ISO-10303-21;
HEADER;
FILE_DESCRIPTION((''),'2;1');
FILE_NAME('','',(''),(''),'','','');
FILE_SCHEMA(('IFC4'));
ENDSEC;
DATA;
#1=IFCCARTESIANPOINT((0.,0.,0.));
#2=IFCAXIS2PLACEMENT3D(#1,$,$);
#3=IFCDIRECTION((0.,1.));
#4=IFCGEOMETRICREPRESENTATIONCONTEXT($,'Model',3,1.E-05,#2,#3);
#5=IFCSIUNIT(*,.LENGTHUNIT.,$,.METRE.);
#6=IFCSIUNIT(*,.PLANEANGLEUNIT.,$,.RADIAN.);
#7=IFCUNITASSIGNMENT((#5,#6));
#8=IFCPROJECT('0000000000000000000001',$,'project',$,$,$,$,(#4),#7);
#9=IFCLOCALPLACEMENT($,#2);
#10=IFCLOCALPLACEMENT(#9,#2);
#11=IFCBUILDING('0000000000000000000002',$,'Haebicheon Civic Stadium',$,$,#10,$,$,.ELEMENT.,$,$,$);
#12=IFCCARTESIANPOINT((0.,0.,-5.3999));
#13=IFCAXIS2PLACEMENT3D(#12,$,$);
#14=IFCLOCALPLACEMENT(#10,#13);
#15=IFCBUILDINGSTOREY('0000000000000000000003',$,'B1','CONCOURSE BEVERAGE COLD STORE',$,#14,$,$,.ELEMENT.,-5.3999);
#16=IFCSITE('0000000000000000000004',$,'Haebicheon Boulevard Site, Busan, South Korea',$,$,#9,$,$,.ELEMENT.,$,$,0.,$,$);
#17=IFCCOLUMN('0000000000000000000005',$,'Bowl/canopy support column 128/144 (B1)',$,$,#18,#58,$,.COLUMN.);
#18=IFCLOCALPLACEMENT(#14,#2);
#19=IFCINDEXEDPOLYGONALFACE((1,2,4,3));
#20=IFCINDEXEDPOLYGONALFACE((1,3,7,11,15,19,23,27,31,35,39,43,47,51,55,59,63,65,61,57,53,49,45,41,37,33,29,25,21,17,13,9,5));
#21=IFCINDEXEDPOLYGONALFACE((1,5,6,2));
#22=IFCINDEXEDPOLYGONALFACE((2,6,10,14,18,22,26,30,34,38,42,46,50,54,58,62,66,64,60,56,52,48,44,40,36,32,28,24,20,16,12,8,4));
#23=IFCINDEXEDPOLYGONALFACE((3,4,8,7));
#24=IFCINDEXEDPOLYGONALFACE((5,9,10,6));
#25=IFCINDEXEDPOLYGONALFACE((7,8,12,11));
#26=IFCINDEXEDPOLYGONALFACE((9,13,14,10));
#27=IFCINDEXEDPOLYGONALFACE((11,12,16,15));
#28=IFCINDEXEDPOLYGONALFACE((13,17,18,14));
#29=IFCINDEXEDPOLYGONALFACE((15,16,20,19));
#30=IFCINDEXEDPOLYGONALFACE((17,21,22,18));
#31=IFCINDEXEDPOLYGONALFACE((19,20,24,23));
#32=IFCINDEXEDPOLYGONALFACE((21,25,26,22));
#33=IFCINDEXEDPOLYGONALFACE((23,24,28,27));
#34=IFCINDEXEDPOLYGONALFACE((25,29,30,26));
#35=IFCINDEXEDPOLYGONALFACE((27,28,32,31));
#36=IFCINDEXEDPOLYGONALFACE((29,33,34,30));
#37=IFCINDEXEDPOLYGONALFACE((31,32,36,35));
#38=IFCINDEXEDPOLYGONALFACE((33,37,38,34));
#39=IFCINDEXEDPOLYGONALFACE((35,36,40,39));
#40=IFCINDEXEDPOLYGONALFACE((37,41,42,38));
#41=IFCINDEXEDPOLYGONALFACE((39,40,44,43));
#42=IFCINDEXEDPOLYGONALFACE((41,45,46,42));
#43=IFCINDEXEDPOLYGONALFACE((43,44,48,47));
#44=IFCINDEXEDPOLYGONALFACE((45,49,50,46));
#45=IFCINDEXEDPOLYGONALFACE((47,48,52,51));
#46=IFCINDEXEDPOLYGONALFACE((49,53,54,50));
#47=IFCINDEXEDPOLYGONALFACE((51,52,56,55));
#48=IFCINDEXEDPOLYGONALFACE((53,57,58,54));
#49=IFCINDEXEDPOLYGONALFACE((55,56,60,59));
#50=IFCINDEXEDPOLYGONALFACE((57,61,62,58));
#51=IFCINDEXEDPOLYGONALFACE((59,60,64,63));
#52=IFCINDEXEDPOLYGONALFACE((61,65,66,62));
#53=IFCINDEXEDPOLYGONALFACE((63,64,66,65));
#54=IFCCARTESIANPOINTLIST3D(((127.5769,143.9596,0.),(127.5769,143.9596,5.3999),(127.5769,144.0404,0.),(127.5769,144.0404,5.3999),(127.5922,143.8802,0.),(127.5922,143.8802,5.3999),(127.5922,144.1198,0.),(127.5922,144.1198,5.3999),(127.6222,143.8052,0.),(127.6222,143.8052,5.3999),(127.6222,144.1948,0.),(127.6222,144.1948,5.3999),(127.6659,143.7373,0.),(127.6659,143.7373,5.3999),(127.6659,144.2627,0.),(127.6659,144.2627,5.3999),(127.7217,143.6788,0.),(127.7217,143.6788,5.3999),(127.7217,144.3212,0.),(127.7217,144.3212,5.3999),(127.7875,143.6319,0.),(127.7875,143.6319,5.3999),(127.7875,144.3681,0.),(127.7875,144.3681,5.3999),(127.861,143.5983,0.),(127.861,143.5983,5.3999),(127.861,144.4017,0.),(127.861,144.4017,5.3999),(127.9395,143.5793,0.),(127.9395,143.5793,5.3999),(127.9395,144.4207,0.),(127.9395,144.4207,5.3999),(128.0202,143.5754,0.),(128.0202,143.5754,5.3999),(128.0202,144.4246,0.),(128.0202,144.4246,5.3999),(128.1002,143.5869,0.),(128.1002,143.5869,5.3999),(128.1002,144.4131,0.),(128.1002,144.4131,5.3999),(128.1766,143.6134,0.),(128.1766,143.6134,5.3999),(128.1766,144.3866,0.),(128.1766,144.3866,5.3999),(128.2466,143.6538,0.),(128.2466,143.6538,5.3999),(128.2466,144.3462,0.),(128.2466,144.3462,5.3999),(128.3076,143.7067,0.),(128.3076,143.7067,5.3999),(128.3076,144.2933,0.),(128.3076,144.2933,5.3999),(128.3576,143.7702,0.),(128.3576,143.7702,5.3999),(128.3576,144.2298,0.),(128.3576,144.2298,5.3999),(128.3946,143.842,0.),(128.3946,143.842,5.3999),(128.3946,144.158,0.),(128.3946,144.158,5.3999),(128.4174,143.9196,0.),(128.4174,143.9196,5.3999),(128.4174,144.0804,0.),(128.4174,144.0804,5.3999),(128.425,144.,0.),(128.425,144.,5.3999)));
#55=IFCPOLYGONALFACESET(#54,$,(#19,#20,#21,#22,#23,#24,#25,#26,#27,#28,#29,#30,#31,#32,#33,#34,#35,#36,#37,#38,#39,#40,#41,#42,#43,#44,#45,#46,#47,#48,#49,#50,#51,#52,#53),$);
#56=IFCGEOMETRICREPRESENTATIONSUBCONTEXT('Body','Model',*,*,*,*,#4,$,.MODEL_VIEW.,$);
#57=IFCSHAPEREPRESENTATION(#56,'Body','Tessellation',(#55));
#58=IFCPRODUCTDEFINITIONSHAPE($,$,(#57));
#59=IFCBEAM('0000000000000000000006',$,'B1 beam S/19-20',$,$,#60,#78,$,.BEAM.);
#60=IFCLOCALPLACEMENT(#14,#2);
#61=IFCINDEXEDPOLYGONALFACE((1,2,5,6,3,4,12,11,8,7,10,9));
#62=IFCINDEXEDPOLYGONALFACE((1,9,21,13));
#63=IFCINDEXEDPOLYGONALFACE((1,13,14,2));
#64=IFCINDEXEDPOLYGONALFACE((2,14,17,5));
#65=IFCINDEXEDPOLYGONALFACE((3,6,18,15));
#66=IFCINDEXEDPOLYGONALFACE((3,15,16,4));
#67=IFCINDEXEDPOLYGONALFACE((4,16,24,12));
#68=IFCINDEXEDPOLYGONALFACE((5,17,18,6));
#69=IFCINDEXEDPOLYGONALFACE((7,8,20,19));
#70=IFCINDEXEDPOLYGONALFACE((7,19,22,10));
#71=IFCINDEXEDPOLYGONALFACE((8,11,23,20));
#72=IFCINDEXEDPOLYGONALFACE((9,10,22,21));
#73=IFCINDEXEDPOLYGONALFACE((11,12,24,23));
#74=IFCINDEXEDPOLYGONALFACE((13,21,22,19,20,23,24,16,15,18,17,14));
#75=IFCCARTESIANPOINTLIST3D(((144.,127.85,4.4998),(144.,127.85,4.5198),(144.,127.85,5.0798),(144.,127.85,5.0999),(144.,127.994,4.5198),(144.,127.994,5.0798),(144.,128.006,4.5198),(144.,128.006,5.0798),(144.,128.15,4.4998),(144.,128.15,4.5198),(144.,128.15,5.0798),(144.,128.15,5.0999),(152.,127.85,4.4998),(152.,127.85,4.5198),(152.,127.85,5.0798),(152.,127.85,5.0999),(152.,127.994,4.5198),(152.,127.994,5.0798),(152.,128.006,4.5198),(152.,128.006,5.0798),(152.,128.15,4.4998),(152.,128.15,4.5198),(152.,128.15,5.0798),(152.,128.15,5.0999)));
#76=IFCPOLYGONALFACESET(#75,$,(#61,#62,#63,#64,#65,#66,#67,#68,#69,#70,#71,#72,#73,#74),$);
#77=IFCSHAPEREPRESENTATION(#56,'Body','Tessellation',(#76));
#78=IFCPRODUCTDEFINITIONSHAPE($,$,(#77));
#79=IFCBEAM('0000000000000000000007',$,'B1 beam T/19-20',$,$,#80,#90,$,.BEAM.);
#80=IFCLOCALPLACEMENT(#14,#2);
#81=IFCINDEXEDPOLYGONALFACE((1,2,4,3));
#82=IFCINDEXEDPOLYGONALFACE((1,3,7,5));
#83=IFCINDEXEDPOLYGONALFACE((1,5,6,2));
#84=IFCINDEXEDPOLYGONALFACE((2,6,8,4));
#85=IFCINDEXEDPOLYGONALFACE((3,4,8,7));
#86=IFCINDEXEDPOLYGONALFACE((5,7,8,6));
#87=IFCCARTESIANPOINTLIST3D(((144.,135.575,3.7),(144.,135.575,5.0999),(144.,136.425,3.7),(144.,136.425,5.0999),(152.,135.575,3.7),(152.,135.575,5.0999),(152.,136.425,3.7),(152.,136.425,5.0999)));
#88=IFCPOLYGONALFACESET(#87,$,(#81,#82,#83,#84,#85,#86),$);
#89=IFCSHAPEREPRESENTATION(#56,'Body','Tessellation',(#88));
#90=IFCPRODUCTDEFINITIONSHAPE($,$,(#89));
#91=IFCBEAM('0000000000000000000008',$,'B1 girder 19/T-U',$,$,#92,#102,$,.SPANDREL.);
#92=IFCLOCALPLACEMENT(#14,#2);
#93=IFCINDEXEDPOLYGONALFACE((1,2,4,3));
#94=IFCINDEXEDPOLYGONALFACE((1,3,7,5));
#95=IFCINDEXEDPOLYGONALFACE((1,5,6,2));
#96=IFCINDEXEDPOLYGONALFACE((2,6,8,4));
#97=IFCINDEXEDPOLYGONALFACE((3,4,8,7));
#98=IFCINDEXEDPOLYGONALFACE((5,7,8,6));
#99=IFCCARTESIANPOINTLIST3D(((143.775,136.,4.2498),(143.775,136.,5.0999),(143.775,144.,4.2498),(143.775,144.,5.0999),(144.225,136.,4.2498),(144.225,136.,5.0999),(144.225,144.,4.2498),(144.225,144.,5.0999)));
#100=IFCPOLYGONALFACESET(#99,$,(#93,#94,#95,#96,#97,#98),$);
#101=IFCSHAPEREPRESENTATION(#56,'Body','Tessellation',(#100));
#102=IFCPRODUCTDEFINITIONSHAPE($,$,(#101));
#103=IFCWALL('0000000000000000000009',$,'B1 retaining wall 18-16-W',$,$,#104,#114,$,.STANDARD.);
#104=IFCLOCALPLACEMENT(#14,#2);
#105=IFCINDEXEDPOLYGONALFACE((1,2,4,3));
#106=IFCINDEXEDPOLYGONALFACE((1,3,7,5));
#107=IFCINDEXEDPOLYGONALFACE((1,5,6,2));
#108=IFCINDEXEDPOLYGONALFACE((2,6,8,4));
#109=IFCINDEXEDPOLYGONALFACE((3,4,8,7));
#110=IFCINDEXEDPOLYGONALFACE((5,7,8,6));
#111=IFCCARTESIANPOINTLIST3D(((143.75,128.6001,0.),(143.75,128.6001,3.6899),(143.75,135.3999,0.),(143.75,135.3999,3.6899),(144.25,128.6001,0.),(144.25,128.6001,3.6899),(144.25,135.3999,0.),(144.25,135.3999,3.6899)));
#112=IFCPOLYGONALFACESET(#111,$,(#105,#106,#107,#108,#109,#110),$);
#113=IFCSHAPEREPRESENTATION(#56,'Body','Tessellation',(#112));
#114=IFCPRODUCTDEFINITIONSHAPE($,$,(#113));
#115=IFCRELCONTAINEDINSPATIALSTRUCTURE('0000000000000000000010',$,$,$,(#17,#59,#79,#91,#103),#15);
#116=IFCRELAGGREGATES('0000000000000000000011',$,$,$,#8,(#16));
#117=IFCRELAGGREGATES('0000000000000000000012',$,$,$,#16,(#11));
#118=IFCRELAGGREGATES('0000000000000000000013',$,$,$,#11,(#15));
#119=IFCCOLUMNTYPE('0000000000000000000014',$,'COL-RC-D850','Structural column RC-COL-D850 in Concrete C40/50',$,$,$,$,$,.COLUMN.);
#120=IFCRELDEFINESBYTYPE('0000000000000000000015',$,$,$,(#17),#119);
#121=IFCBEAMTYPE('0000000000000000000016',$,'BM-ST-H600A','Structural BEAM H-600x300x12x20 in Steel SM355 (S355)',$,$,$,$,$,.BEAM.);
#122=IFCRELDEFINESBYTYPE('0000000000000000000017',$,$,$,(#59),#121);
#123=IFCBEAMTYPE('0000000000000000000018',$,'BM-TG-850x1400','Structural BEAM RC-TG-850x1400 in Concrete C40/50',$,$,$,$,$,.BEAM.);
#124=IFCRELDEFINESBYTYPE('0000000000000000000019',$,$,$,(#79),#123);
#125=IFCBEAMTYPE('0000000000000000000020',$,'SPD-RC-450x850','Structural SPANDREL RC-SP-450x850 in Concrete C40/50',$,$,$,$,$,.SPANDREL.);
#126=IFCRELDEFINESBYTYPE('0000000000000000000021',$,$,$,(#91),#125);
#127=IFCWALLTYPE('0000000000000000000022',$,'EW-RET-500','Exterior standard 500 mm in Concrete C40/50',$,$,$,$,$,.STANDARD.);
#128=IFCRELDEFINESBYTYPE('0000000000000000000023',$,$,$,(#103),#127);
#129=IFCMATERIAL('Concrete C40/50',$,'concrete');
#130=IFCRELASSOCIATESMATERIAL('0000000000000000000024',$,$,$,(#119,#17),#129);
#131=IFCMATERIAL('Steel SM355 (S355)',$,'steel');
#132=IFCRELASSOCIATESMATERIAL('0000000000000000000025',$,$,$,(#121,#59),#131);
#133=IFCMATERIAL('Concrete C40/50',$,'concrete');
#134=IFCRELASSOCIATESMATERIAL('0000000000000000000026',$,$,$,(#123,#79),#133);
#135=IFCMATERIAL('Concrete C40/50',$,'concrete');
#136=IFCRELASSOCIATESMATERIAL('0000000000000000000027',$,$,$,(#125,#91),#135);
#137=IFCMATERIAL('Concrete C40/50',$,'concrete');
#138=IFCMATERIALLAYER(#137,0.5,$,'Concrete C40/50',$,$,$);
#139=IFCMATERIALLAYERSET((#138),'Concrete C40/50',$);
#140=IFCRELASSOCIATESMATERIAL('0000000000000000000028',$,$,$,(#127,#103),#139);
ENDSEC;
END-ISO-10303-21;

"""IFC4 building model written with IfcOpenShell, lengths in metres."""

from ifc_helpers import new_model, si_unit, direction, frame, frame_2d, origin, origin_2d, place, context, subcontext, project, spatial, rectangle, circle, i_section, extrude, material, layer, layer_set, material_profile, profile_set, type_object, element, save


model = new_model("IFC4")

# Units and contexts
model_context = context("Model", 3, precision=1e-05, world=origin(), true_north=direction((0.0, 1.0)))
body_context = subcontext(model_context, "Body", "Model", "MODEL_VIEW")
ifc_project = project(units=[si_unit("LENGTHUNIT", "METRE"), si_unit("PLANEANGLEUNIT", "RADIAN")], contexts=[model_context])

# Site, building, storey
site_placement = place(None, origin())
site = spatial("IfcSite", under=ifc_project, at=site_placement, Name="Haebicheon Boulevard Site, Busan, South Korea", CompositionType="ELEMENT", RefElevation=0.0)
building_placement = place(site_placement, origin())
building = spatial("IfcBuilding", under=site, at=building_placement, Name="Haebicheon Civic Stadium", CompositionType="ELEMENT")
storey_placement = place(building_placement, frame((0.0, 0.0, -5.3999)))
storey = spatial("IfcBuildingStorey", under=building, at=storey_placement, Name="B1", Description="CONCOURSE BEVERAGE COLD STORE", CompositionType="ELEMENT", Elevation=-5.3999)

# Column
ifc_material_1 = material(Name="Concrete C40/50", Category="concrete")
ifc_material_profile_1 = material_profile(ifc_material_1, circle(Radius=0.425, at=origin_2d()), Name="RC-COL-D850")
ifc_profile_set_1 = profile_set([ifc_material_profile_1], Name="Concrete C40/50")
column_type_1 = type_object("IfcColumnType", Name="COL-RC-D850", Description="Structural column RC-COL-D850 in Concrete C40/50", PredefinedType="COLUMN", material=ifc_profile_set_1)
for number, where, z_axis, x_axis, name in (
    (1, (128.0, 144.0, 0.0), (0.0, 0.0, 1.0), (1.0, 0.0, 0.0), "Bowl/canopy support column 128/144 (B1)"),
):
    element("IfcColumn", number, at=place(storey_placement, frame(where, z_axis=z_axis, x_axis=x_axis)), inside=storey, type_object=column_type_1, material=ifc_profile_set_1, Name=name, PredefinedType="COLUMN", context=body_context, shape_type="SweptSolid", body=[
        extrude(circle(Radius=0.425, at=origin_2d()), origin(), (0.0, 0.0, 1.0), 5.3999),
    ])

# Beams
ifc_material_2 = material(Name="Steel SM355 (S355)", Category="steel")
ifc_material_profile_2 = material_profile(ifc_material_2, i_section(OverallWidth=0.3, OverallDepth=0.6001, WebThickness=0.012, FlangeThickness=0.02, at=origin_2d()), Name="H-600x300x12x20")
ifc_profile_set_2 = profile_set([ifc_material_profile_2], Name="Steel SM355 (S355)")
beam_type_1 = type_object("IfcBeamType", Name="BM-ST-H600A", Description="Structural BEAM H-600x300x12x20 in Steel SM355 (S355)", PredefinedType="BEAM", material=ifc_profile_set_2)
beam_1_placement = place(storey_placement, frame((144.0, 128.0, 4.7998), z_axis=(1.0, 0.0, 0.0), x_axis=(0.0, 1.0, 0.0)))
element("IfcBeam", 2, at=beam_1_placement, inside=storey, type_object=beam_type_1, material=ifc_profile_set_2, Name="B1 beam S/19-20", PredefinedType="BEAM", context=body_context, shape_type="SweptSolid", body=[
    extrude(i_section(OverallWidth=0.3, OverallDepth=0.6001, WebThickness=0.012, FlangeThickness=0.02, at=origin_2d()), origin(), (0.0, 0.0, 1.0), 8.0),
])
ifc_material_3 = material(Name="Concrete C40/50", Category="concrete")
ifc_material_profile_3 = material_profile(ifc_material_3, rectangle(XDim=0.8501, YDim=1.3999, at=origin_2d()), Name="RC-TG-850x1400")
ifc_profile_set_3 = profile_set([ifc_material_profile_3], Name="Concrete C40/50")
beam_type_2 = type_object("IfcBeamType", Name="BM-TG-850x1400", Description="Structural BEAM RC-TG-850x1400 in Concrete C40/50", PredefinedType="BEAM", material=ifc_profile_set_3)
beam_2_placement = place(storey_placement, frame((144.0, 136.0, 4.3999), z_axis=(1.0, 0.0, 0.0), x_axis=(0.0, 1.0, 0.0)))
element("IfcBeam", 3, at=beam_2_placement, inside=storey, type_object=beam_type_2, material=ifc_profile_set_3, Name="B1 beam T/19-20", PredefinedType="BEAM", context=body_context, shape_type="SweptSolid", body=[
    extrude(rectangle(XDim=0.8501, YDim=1.3999, at=origin_2d()), origin(), (0.0, 0.0, 1.0), 8.0),
])
ifc_material_4 = material(Name="Concrete C40/50", Category="concrete")
ifc_material_profile_4 = material_profile(ifc_material_4, rectangle(XDim=0.45, YDim=0.8501, at=origin_2d()), Name="RC-SP-450x850")
ifc_profile_set_4 = profile_set([ifc_material_profile_4], Name="Concrete C40/50")
beam_type_3 = type_object("IfcBeamType", Name="SPD-RC-450x850", Description="Structural SPANDREL RC-SP-450x850 in Concrete C40/50", PredefinedType="SPANDREL", material=ifc_profile_set_4)
beam_3_placement = place(storey_placement, frame((144.0, 136.0, 4.6748), z_axis=(0.0, 1.0, 0.0), x_axis=(-1.0, 0.0, 0.0)))
element("IfcBeam", 4, at=beam_3_placement, inside=storey, type_object=beam_type_3, material=ifc_profile_set_4, Name="B1 girder 19/T-U", PredefinedType="SPANDREL", context=body_context, shape_type="SweptSolid", body=[
    extrude(rectangle(XDim=0.45, YDim=0.8501, at=origin_2d()), origin(), (0.0, 0.0, 1.0), 8.0),
])

# Wall
ifc_material_5 = material(Name="Concrete C40/50", Category="concrete")
ifc_layer_1 = layer(ifc_material_5, 0.5, Name="Concrete C40/50")
ifc_layer_set_1 = layer_set([ifc_layer_1], Name="Concrete C40/50")
wall_type = type_object("IfcWallType", Name="EW-RET-500", Description="Exterior standard 500 mm in Concrete C40/50", PredefinedType="STANDARD", material=ifc_layer_set_1)
wall_placement = place(storey_placement, frame((144.0, 128.6001, 0.0), z_axis=(0.0, 0.0, 1.0), x_axis=(0.0, 1.0, 0.0)))
element("IfcWall", 5, at=wall_placement, inside=storey, type_object=wall_type, material=ifc_layer_set_1, Name="B1 retaining wall 18-16-W", PredefinedType="STANDARD", context=body_context, shape_type="SweptSolid", body=[
    extrude(rectangle(XDim=6.7998, YDim=0.5, at=frame_2d((3.3999, 0.0))), origin(), (0.0, 0.0, 1.0), 3.6899),
])

save(model, "model.ifc")
